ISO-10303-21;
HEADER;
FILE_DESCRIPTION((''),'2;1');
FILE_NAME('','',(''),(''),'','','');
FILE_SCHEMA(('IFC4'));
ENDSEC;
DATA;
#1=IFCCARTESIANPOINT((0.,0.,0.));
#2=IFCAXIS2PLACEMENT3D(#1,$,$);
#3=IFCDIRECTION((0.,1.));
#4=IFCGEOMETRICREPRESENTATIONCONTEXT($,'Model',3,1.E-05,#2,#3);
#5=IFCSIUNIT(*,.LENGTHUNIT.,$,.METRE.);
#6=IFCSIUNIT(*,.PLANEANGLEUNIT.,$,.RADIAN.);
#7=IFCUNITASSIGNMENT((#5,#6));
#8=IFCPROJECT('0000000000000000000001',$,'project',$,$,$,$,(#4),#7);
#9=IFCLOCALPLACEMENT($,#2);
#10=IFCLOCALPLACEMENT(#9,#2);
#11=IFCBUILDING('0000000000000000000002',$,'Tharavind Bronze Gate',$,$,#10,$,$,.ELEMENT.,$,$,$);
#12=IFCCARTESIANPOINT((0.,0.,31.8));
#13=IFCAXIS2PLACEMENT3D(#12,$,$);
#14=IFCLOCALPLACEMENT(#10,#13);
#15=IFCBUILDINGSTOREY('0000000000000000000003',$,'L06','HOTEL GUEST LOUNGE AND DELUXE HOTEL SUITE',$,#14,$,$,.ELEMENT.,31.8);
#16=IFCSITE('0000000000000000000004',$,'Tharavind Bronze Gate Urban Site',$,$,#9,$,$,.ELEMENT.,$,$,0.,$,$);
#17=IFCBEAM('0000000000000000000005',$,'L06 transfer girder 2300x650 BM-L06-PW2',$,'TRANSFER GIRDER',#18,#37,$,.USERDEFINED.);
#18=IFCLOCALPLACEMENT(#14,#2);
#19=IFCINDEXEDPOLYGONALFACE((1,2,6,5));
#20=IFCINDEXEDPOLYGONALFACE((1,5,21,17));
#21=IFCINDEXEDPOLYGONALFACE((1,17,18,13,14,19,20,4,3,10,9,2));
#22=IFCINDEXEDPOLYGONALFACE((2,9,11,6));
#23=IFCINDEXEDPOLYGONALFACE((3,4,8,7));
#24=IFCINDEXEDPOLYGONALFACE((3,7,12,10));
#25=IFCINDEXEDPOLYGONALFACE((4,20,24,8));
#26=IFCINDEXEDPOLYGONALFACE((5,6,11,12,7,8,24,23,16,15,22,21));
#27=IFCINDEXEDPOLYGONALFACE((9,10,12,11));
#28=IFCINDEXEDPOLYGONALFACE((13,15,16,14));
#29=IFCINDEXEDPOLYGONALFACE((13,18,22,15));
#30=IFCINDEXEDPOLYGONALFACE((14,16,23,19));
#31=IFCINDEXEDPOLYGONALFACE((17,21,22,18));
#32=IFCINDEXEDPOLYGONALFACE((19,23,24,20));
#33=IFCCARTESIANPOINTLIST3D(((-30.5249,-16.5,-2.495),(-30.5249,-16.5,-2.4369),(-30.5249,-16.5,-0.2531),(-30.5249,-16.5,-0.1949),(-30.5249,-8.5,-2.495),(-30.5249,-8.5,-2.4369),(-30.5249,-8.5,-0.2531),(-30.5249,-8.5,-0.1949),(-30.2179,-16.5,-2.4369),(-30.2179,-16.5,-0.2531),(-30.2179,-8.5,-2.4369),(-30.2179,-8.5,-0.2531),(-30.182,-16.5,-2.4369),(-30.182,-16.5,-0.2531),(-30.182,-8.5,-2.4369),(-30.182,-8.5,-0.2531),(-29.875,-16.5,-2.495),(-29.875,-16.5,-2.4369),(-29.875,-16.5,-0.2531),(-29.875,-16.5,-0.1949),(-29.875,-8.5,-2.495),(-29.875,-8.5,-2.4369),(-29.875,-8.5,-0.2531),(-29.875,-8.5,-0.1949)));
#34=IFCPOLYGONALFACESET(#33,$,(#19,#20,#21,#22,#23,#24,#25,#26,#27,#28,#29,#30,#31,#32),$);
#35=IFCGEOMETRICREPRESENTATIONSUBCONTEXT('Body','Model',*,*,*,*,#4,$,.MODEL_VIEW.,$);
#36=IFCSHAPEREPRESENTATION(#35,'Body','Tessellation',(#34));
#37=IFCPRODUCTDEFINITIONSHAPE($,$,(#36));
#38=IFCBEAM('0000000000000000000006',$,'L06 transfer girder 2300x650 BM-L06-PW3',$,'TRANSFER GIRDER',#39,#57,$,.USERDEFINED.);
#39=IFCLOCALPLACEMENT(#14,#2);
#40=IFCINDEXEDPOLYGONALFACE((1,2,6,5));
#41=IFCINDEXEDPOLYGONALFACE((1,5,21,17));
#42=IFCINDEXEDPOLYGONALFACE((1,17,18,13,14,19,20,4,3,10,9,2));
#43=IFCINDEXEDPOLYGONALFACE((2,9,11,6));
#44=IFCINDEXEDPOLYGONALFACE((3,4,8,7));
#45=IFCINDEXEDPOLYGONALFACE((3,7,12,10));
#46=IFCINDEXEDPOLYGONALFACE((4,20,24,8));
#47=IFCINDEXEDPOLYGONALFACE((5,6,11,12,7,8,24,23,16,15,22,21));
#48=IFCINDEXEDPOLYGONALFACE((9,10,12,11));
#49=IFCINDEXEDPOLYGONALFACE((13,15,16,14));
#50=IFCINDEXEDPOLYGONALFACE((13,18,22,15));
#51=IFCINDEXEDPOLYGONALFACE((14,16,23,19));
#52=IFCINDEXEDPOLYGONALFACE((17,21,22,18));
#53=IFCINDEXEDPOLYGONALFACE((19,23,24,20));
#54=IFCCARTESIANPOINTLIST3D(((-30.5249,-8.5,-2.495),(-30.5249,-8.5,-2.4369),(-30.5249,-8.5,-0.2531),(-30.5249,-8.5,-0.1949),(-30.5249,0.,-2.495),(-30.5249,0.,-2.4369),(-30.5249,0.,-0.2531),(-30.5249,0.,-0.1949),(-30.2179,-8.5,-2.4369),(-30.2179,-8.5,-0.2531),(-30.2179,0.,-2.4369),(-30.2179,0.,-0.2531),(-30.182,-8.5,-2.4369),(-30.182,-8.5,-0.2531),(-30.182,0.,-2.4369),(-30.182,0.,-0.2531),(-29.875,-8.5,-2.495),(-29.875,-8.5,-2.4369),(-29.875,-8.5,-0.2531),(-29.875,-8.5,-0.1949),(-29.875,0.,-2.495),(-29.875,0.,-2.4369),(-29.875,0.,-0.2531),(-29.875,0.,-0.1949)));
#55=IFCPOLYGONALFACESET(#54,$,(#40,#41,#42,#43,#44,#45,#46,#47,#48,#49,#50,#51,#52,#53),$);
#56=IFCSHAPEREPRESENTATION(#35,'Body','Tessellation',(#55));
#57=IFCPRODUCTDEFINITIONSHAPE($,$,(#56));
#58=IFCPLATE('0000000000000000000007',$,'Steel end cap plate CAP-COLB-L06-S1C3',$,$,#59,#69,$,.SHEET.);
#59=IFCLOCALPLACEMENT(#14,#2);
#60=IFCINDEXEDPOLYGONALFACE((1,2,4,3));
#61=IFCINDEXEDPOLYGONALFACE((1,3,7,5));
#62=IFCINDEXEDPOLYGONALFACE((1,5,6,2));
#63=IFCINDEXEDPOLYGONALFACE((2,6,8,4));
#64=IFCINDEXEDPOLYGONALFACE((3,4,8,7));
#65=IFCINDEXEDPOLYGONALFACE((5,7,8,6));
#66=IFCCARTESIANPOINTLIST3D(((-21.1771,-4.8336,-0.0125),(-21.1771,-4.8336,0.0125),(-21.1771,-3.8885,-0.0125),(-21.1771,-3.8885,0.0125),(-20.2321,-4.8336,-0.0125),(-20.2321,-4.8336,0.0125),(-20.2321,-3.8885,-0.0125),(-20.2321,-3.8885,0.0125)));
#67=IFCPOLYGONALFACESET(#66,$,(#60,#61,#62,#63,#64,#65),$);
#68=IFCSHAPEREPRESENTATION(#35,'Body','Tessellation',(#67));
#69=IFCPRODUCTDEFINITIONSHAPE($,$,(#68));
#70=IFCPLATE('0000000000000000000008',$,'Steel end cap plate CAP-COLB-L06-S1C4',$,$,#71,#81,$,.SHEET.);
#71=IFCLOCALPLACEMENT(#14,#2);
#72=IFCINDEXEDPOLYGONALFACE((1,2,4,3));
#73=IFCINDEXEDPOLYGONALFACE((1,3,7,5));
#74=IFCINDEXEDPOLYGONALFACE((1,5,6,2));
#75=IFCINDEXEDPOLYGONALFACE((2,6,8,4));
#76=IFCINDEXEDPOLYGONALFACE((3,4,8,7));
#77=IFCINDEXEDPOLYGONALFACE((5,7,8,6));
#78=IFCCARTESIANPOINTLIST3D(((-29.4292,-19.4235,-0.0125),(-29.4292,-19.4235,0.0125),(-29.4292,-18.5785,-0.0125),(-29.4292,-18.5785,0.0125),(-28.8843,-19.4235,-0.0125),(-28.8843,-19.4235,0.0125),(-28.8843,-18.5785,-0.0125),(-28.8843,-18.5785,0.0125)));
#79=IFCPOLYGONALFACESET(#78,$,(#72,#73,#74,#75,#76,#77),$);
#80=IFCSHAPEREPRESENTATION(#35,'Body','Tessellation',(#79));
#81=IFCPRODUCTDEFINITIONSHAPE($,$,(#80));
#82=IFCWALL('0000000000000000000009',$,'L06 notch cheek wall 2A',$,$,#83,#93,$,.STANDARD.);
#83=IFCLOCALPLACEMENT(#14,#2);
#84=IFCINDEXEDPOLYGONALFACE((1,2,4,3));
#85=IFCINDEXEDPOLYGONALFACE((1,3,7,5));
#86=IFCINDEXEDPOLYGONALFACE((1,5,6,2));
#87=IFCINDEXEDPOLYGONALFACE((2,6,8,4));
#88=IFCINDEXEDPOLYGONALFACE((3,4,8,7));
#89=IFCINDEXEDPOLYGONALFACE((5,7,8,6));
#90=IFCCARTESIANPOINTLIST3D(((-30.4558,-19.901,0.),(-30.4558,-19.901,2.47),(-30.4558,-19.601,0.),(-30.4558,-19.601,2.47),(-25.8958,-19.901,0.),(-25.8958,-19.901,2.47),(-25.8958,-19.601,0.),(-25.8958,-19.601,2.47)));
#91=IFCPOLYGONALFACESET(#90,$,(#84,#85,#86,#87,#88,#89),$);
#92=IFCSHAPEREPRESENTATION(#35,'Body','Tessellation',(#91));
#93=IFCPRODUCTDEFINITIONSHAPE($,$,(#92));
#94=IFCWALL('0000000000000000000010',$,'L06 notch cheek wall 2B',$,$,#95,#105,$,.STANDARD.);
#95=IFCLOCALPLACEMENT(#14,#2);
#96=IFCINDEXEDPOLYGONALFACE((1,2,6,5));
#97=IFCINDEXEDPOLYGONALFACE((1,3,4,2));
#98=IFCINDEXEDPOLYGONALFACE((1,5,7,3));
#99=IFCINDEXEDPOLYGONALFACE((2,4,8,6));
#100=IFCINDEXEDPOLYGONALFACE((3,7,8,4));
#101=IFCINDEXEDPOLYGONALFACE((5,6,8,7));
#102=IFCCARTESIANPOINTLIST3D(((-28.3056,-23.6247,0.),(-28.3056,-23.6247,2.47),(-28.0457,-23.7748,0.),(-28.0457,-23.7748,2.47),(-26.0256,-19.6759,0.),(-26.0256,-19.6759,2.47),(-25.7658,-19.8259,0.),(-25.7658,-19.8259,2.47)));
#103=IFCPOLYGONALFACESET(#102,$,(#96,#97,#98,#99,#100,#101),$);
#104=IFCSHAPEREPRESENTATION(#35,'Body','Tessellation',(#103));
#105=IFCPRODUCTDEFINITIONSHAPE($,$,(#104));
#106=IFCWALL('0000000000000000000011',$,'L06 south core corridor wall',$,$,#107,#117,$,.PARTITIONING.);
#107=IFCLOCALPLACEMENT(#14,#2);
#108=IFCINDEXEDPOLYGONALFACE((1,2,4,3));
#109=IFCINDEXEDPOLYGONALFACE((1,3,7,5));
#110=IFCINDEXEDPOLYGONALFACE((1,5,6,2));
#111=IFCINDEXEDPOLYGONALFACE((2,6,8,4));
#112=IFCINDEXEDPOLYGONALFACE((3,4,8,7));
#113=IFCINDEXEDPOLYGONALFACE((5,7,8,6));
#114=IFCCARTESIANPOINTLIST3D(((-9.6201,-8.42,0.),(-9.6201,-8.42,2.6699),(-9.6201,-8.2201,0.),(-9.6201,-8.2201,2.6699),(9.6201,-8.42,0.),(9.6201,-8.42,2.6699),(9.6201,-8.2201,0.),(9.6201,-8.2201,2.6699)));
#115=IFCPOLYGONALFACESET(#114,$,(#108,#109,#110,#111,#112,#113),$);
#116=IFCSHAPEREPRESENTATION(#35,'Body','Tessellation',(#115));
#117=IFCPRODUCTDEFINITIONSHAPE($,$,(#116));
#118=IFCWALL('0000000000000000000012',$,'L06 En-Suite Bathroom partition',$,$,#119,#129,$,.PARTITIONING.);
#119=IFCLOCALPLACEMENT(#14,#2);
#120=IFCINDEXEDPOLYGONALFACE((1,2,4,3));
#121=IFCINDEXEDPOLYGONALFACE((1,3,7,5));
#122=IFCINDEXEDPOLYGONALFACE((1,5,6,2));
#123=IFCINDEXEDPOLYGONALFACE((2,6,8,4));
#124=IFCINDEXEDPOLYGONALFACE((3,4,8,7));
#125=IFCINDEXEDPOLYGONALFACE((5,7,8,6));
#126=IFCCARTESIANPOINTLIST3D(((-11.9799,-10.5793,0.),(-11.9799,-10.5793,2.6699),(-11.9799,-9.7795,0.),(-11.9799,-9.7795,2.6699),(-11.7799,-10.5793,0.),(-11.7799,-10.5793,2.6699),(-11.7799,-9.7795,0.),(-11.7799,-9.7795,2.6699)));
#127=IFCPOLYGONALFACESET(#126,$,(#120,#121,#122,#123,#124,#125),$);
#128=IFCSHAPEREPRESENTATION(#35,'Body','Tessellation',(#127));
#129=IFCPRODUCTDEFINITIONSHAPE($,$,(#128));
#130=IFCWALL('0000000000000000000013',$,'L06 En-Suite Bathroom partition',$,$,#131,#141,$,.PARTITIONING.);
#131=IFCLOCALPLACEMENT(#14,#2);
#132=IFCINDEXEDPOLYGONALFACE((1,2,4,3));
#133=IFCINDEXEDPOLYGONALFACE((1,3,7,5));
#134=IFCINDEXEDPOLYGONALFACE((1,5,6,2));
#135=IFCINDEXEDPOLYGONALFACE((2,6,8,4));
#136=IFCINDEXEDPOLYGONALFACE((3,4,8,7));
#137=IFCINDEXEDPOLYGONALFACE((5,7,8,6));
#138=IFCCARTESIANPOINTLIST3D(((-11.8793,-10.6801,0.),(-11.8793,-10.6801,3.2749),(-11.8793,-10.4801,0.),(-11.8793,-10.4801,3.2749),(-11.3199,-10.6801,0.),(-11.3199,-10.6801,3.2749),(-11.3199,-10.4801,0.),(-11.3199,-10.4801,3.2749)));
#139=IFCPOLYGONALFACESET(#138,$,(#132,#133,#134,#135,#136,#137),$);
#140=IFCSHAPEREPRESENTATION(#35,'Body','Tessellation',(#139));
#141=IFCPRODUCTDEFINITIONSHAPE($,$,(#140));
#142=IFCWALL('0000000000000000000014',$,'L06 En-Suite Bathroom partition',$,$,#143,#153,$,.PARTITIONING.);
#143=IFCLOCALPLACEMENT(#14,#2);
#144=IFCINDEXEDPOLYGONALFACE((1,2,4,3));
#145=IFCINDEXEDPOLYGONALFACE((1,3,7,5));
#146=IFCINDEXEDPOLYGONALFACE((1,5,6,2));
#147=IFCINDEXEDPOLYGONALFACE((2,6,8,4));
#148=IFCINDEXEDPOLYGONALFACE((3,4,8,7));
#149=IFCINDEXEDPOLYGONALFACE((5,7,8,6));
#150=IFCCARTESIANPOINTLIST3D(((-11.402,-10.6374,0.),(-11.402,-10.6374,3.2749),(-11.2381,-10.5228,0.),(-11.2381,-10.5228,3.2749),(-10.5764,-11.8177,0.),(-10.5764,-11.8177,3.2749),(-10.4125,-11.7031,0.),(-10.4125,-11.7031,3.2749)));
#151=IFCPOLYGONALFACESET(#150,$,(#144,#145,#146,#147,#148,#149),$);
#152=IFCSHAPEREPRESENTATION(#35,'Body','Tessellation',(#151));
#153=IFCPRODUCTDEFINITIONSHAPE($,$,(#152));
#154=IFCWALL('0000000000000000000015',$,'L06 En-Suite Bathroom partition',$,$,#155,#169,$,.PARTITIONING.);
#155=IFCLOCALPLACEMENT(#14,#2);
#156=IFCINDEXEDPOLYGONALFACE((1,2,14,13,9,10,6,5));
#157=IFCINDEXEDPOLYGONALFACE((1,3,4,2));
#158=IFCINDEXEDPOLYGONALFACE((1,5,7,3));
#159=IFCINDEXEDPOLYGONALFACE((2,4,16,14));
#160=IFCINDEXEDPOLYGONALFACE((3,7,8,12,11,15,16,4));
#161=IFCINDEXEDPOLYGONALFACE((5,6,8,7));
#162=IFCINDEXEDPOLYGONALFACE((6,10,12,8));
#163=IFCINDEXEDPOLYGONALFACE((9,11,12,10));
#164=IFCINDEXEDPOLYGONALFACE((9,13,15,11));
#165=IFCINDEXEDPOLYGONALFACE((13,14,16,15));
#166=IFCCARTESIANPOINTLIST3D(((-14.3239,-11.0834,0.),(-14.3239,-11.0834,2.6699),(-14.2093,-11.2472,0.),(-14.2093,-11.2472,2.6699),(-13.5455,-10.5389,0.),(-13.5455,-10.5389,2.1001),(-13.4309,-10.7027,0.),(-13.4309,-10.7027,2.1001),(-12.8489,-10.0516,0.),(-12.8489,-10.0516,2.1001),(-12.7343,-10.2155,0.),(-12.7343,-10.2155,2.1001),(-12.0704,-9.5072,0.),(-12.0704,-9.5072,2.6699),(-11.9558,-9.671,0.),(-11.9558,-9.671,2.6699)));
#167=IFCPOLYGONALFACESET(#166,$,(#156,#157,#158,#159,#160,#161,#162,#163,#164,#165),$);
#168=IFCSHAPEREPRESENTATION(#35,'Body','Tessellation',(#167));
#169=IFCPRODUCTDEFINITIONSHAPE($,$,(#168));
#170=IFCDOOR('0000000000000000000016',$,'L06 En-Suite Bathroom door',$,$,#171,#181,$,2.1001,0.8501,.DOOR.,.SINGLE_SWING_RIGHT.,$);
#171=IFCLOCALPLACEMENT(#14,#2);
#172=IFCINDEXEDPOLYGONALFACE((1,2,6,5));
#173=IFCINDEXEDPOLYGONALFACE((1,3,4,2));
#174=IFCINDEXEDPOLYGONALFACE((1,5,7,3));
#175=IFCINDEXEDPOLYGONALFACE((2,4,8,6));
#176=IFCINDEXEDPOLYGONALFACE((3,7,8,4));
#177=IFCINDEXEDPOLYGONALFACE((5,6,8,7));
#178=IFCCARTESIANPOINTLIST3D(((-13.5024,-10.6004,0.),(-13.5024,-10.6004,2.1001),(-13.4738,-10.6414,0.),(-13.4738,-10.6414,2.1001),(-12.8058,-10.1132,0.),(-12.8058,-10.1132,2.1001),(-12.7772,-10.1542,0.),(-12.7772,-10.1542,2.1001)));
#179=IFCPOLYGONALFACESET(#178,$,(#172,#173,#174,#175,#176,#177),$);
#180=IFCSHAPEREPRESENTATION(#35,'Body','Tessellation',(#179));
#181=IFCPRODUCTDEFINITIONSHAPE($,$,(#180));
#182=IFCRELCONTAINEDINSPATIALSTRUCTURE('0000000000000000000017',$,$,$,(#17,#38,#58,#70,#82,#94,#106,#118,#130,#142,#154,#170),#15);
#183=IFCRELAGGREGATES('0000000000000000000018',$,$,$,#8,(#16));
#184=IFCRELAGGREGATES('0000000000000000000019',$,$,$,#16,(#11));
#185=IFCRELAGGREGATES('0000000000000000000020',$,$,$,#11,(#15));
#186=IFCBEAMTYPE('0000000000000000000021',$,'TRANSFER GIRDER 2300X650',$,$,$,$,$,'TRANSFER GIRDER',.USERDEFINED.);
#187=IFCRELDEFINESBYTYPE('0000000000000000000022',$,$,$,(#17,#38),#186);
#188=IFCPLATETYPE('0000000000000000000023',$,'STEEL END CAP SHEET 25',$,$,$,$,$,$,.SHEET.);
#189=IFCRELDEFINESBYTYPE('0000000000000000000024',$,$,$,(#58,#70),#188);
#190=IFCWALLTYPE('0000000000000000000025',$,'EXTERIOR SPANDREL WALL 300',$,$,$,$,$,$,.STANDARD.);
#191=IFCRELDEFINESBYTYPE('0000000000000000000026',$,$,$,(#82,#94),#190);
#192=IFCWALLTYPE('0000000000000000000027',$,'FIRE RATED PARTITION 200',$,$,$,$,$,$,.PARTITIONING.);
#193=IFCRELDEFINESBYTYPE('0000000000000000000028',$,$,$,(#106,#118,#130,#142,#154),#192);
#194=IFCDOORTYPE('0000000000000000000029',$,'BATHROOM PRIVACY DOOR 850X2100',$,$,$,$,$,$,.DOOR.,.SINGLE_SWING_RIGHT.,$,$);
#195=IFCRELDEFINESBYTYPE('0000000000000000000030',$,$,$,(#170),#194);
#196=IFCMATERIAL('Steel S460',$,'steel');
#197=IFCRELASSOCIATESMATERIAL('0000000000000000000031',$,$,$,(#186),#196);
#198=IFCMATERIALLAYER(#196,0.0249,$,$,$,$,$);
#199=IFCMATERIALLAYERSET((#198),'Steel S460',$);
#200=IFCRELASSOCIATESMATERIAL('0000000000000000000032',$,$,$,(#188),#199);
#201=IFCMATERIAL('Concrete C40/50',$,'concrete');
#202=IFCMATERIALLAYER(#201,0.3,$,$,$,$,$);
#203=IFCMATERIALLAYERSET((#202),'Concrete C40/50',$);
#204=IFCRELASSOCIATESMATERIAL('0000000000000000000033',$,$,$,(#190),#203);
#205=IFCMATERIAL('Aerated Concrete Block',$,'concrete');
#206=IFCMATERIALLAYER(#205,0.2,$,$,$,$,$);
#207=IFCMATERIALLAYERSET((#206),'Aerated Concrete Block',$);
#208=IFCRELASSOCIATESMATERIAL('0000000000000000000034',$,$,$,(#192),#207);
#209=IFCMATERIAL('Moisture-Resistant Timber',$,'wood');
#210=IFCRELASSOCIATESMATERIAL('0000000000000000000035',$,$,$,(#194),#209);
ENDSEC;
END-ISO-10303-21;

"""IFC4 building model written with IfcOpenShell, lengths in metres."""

from ifc_helpers import new_model, si_unit, direction, frame, frame_2d, origin, origin_2d, place, context, subcontext, project, spatial, rectangle, i_section, extrude, material, layer, layer_set, material_profile, profile_set, type_object, element, fill, save


model = new_model("IFC4")

# Units and contexts
model_context = context("Model", 3, precision=1e-05, world=origin(), true_north=direction((0.0, 1.0)))
body_context = subcontext(model_context, "Body", "Model", "MODEL_VIEW")
ifc_project = project(units=[si_unit("LENGTHUNIT", "METRE"), si_unit("PLANEANGLEUNIT", "RADIAN")], contexts=[model_context])

# Site, building, storey
site_placement = place(None, origin())
site = spatial("IfcSite", under=ifc_project, at=site_placement, Name="Tharavind Bronze Gate Urban Site", CompositionType="ELEMENT", RefElevation=0.0)
building_placement = place(site_placement, origin())
building = spatial("IfcBuilding", under=site, at=building_placement, Name="Tharavind Bronze Gate", CompositionType="ELEMENT")
storey_placement = place(building_placement, frame((0.0, 0.0, 31.8)))
storey = spatial("IfcBuildingStorey", under=building, at=storey_placement, Name="L06", Description="HOTEL GUEST LOUNGE AND DELUXE HOTEL SUITE", CompositionType="ELEMENT", Elevation=31.8)

# Shared definitions
ifc_material_1 = material(Name="Steel S460", Category="steel")

# Beams
ifc_material_profile_1 = material_profile(ifc_material_1, i_section(OverallWidth=0.6499, OverallDepth=2.3, WebThickness=0.0359, FlangeThickness=0.0581, at=origin_2d()), Name="PG2300X650")
ifc_profile_set_1 = profile_set([ifc_material_profile_1], Name="Steel S460")
beam_type_1 = type_object("IfcBeamType", Name="TRANSFER GIRDER 2300X650", ElementType="TRANSFER GIRDER", PredefinedType="USERDEFINED", material=ifc_profile_set_1)
beam_1_placement = place(storey_placement, frame((-30.2, -16.5, -1.345), z_axis=(0.0, 1.0, 0.0), x_axis=(-1.0, 0.0, 0.0)))
element("IfcBeam", 1, at=beam_1_placement, inside=storey, type_object=beam_type_1, Name="L06 transfer girder 2300x650 BM-L06-PW2", ObjectType="TRANSFER GIRDER", PredefinedType="USERDEFINED", context=body_context, shape_type="SweptSolid", body=[
    extrude(i_section(OverallWidth=0.6499, OverallDepth=2.3, WebThickness=0.0359, FlangeThickness=0.0581, at=origin_2d()), origin(), (0.0, 0.0, 1.0), 8.0),
])
beam_2_placement = place(storey_placement, frame((-30.2, -8.5, -1.345), z_axis=(0.0, 1.0, 0.0), x_axis=(-1.0, 0.0, 0.0)))
element("IfcBeam", 2, at=beam_2_placement, inside=storey, type_object=beam_type_1, Name="L06 transfer girder 2300x650 BM-L06-PW3", ObjectType="TRANSFER GIRDER", PredefinedType="USERDEFINED", context=body_context, shape_type="SweptSolid", body=[
    extrude(i_section(OverallWidth=0.6499, OverallDepth=2.3, WebThickness=0.0359, FlangeThickness=0.0581, at=origin_2d()), origin(), (0.0, 0.0, 1.0), 8.5),
])

# Plates
ifc_layer_1 = layer(ifc_material_1, 0.0249)
ifc_layer_set_1 = layer_set([ifc_layer_1], Name="Steel S460")
plate_type = type_object("IfcPlateType", Name="STEEL END CAP SHEET 25", PredefinedType="SHEET", material=ifc_layer_set_1)
plate_1_placement = place(storey_placement, frame((-20.7046, -4.3611, -0.0125), z_axis=(0.0, 0.0, 1.0), x_axis=(1.0, 0.0, 0.0)))
element("IfcPlate", 3, at=plate_1_placement, inside=storey, type_object=plate_type, Name="Steel end cap plate CAP-COLB-L06-S1C3", PredefinedType="SHEET", context=body_context, shape_type="SweptSolid", body=[
    extrude(rectangle(XDim=0.9451, YDim=0.9451, at=origin_2d()), origin(), (0.0, 0.0, 1.0), 0.0249),
])
plate_2_placement = place(storey_placement, frame((-29.1567, -19.001, -0.0125), z_axis=(0.0, 0.0, 1.0), x_axis=(1.0, 0.0, 0.0)))
element("IfcPlate", 4, at=plate_2_placement, inside=storey, type_object=plate_type, Name="Steel end cap plate CAP-COLB-L06-S1C4", PredefinedType="SHEET", context=body_context, shape_type="SweptSolid", body=[
    extrude(rectangle(XDim=0.5449, YDim=0.845, at=origin_2d()), origin(), (0.0, 0.0, 1.0), 0.0249),
])

# Walls
ifc_material_2 = material(Name="Concrete C40/50", Category="concrete")
ifc_layer_2 = layer(ifc_material_2, 0.3)
ifc_layer_set_2 = layer_set([ifc_layer_2], Name="Concrete C40/50")
wall_type_1 = type_object("IfcWallType", Name="EXTERIOR SPANDREL WALL 300", PredefinedType="STANDARD", material=ifc_layer_set_2)
wall_1_placement = place(storey_placement, frame((-30.4558, -19.751, 0.0), z_axis=(0.0, 0.0, 1.0), x_axis=(1.0, 0.0, 0.0)))
element("IfcWall", 5, at=wall_1_placement, inside=storey, type_object=wall_type_1, Name="L06 notch cheek wall 2A", PredefinedType="STANDARD", context=body_context, shape_type="SweptSolid", body=[
    extrude(rectangle(XDim=4.5601, YDim=0.3, at=frame_2d((2.28, 0.0))), origin(), (0.0, 0.0, 1.0), 2.47),
])
wall_2_placement = place(storey_placement, frame((-25.8958, -19.751, 0.0), z_axis=(0.0, 0.0, 1.0), x_axis=(-0.500014, -0.866017, 0.0)))
element("IfcWall", 6, at=wall_2_placement, inside=storey, type_object=wall_type_1, Name="L06 notch cheek wall 2B", PredefinedType="STANDARD", context=body_context, shape_type="SweptSolid", body=[
    extrude(rectangle(XDim=4.5598, YDim=0.3, at=frame_2d((2.2798, 0.0))), origin(), (0.0, 0.0, 1.0), 2.47),
])
ifc_material_3 = material(Name="Aerated Concrete Block", Category="concrete")
ifc_layer_3 = layer(ifc_material_3, 0.2)
ifc_layer_set_3 = layer_set([ifc_layer_3], Name="Aerated Concrete Block")
wall_type_2 = type_object("IfcWallType", Name="FIRE RATED PARTITION 200", PredefinedType="PARTITIONING", material=ifc_layer_set_3)
wall_3_placement = place(storey_placement, frame((-9.6201, -8.3201, 0.0), z_axis=(0.0, 0.0, 1.0), x_axis=(1.0, 0.0, 0.0)))
element("IfcWall", 7, at=wall_3_placement, inside=storey, type_object=wall_type_2, Name="L06 south core corridor wall", PredefinedType="PARTITIONING", context=body_context, shape_type="SweptSolid", body=[
    extrude(rectangle(XDim=19.2402, YDim=0.2, at=frame_2d((9.6201, 0.0))), origin(), (0.0, 0.0, 1.0), 2.6699),
])
wall_4_placement = place(storey_placement, frame((-11.8799, -9.7795, 0.0), z_axis=(0.0, 0.0, 1.0), x_axis=(0.0, -1.0, 0.0)))
element("IfcWall", 8, at=wall_4_placement, inside=storey, type_object=wall_type_2, Name="L06 En-Suite Bathroom partition", PredefinedType="PARTITIONING", context=body_context, shape_type="SweptSolid", body=[
    extrude(rectangle(XDim=0.7998, YDim=0.2, at=frame_2d((0.3999, 0.0))), origin(), (0.0, 0.0, 1.0), 2.6699),
])
wall_5_placement = place(storey_placement, frame((-11.8794, -10.5801, 0.0), z_axis=(0.0, 0.0, 1.0), x_axis=(1.0, 0.0, 0.0)))
element("IfcWall", 9, at=wall_5_placement, inside=storey, type_object=wall_type_2, Name="L06 En-Suite Bathroom partition", PredefinedType="PARTITIONING", context=body_context, shape_type="SweptSolid", body=[
    extrude(rectangle(XDim=0.5593, YDim=0.2, at=frame_2d((0.2798, 0.0))), origin(), (0.0, 0.0, 1.0), 3.2749),
])
wall_6_placement = place(storey_placement, frame((-11.3201, -10.5801, 0.0), z_axis=(0.0, 0.0, 1.0), x_axis=(0.573178, -0.819431, 0.0)))
element("IfcWall", 10, at=wall_6_placement, inside=storey, type_object=wall_type_2, Name="L06 En-Suite Bathroom partition", PredefinedType="PARTITIONING", context=body_context, shape_type="SweptSolid", body=[
    extrude(rectangle(XDim=1.4404, YDim=0.2, at=frame_2d((0.7202, 0.0))), origin(), (0.0, 0.0, 1.0), 3.2749),
])

# Wall, opening, door
wall_7_placement = place(storey_placement, frame((-14.2666, -11.1653, 0.0), z_axis=(0.0, 0.0, 1.0), x_axis=(0.81944, 0.573164, 0.0)))
wall_7 = element("IfcWall", 11, at=wall_7_placement, inside=storey, type_object=wall_type_2, Name="L06 En-Suite Bathroom partition", PredefinedType="PARTITIONING", context=body_context, shape_type="SweptSolid", body=[
    extrude(rectangle(XDim=2.75, YDim=0.2, at=frame_2d((1.375, 0.0))), origin(), (0.0, 0.0, 1.0), 2.6699),
])
opening_1_placement = place(wall_7_placement, frame((0.95, 0.0, 0.0)))
opening_1 = element("IfcOpeningElement", 12, at=opening_1_placement, cuts=wall_7, PredefinedType="OPENING", context=body_context, shape_type="SweptSolid", body=[
    extrude(rectangle(XDim=0.8501, YDim=2.1001, at=frame_2d((0.425, 1.05))), frame((0.0, 0.1101, 0.0), z_axis=(0.0, -1.0, 0.0), x_axis=(1.0, 0.0, 0.0)), (0.0, 0.0, 1.0), 0.22),
])
ifc_material_4 = material(Name="Moisture-Resistant Timber", Category="wood")
door_type_1 = type_object("IfcDoorType", Name="BATHROOM PRIVACY DOOR 850X2100", OperationType="SINGLE_SWING_RIGHT", PredefinedType="DOOR", material=ifc_material_4)
door_1_placement = place(opening_1_placement, origin())
door_1 = element("IfcDoor", 13, at=door_1_placement, inside=storey, type_object=door_type_1, Name="L06 En-Suite Bathroom door", OperationType="SINGLE_SWING_RIGHT", OverallHeight=2.1001, OverallWidth=0.8501, PredefinedType="DOOR", context=body_context, shape_type="SweptSolid", body=[
    extrude(rectangle(XDim=0.8501, YDim=2.1001, at=frame_2d((0.425, 1.05))), frame((0.0, 0.0249, 0.0), z_axis=(0.0, -1.0, 0.0), x_axis=(1.0, 0.0, 0.0)), (0.0, 0.0, 1.0), 0.05),
])
fill(opening_1, door_1)

save(model, "model.ifc")
